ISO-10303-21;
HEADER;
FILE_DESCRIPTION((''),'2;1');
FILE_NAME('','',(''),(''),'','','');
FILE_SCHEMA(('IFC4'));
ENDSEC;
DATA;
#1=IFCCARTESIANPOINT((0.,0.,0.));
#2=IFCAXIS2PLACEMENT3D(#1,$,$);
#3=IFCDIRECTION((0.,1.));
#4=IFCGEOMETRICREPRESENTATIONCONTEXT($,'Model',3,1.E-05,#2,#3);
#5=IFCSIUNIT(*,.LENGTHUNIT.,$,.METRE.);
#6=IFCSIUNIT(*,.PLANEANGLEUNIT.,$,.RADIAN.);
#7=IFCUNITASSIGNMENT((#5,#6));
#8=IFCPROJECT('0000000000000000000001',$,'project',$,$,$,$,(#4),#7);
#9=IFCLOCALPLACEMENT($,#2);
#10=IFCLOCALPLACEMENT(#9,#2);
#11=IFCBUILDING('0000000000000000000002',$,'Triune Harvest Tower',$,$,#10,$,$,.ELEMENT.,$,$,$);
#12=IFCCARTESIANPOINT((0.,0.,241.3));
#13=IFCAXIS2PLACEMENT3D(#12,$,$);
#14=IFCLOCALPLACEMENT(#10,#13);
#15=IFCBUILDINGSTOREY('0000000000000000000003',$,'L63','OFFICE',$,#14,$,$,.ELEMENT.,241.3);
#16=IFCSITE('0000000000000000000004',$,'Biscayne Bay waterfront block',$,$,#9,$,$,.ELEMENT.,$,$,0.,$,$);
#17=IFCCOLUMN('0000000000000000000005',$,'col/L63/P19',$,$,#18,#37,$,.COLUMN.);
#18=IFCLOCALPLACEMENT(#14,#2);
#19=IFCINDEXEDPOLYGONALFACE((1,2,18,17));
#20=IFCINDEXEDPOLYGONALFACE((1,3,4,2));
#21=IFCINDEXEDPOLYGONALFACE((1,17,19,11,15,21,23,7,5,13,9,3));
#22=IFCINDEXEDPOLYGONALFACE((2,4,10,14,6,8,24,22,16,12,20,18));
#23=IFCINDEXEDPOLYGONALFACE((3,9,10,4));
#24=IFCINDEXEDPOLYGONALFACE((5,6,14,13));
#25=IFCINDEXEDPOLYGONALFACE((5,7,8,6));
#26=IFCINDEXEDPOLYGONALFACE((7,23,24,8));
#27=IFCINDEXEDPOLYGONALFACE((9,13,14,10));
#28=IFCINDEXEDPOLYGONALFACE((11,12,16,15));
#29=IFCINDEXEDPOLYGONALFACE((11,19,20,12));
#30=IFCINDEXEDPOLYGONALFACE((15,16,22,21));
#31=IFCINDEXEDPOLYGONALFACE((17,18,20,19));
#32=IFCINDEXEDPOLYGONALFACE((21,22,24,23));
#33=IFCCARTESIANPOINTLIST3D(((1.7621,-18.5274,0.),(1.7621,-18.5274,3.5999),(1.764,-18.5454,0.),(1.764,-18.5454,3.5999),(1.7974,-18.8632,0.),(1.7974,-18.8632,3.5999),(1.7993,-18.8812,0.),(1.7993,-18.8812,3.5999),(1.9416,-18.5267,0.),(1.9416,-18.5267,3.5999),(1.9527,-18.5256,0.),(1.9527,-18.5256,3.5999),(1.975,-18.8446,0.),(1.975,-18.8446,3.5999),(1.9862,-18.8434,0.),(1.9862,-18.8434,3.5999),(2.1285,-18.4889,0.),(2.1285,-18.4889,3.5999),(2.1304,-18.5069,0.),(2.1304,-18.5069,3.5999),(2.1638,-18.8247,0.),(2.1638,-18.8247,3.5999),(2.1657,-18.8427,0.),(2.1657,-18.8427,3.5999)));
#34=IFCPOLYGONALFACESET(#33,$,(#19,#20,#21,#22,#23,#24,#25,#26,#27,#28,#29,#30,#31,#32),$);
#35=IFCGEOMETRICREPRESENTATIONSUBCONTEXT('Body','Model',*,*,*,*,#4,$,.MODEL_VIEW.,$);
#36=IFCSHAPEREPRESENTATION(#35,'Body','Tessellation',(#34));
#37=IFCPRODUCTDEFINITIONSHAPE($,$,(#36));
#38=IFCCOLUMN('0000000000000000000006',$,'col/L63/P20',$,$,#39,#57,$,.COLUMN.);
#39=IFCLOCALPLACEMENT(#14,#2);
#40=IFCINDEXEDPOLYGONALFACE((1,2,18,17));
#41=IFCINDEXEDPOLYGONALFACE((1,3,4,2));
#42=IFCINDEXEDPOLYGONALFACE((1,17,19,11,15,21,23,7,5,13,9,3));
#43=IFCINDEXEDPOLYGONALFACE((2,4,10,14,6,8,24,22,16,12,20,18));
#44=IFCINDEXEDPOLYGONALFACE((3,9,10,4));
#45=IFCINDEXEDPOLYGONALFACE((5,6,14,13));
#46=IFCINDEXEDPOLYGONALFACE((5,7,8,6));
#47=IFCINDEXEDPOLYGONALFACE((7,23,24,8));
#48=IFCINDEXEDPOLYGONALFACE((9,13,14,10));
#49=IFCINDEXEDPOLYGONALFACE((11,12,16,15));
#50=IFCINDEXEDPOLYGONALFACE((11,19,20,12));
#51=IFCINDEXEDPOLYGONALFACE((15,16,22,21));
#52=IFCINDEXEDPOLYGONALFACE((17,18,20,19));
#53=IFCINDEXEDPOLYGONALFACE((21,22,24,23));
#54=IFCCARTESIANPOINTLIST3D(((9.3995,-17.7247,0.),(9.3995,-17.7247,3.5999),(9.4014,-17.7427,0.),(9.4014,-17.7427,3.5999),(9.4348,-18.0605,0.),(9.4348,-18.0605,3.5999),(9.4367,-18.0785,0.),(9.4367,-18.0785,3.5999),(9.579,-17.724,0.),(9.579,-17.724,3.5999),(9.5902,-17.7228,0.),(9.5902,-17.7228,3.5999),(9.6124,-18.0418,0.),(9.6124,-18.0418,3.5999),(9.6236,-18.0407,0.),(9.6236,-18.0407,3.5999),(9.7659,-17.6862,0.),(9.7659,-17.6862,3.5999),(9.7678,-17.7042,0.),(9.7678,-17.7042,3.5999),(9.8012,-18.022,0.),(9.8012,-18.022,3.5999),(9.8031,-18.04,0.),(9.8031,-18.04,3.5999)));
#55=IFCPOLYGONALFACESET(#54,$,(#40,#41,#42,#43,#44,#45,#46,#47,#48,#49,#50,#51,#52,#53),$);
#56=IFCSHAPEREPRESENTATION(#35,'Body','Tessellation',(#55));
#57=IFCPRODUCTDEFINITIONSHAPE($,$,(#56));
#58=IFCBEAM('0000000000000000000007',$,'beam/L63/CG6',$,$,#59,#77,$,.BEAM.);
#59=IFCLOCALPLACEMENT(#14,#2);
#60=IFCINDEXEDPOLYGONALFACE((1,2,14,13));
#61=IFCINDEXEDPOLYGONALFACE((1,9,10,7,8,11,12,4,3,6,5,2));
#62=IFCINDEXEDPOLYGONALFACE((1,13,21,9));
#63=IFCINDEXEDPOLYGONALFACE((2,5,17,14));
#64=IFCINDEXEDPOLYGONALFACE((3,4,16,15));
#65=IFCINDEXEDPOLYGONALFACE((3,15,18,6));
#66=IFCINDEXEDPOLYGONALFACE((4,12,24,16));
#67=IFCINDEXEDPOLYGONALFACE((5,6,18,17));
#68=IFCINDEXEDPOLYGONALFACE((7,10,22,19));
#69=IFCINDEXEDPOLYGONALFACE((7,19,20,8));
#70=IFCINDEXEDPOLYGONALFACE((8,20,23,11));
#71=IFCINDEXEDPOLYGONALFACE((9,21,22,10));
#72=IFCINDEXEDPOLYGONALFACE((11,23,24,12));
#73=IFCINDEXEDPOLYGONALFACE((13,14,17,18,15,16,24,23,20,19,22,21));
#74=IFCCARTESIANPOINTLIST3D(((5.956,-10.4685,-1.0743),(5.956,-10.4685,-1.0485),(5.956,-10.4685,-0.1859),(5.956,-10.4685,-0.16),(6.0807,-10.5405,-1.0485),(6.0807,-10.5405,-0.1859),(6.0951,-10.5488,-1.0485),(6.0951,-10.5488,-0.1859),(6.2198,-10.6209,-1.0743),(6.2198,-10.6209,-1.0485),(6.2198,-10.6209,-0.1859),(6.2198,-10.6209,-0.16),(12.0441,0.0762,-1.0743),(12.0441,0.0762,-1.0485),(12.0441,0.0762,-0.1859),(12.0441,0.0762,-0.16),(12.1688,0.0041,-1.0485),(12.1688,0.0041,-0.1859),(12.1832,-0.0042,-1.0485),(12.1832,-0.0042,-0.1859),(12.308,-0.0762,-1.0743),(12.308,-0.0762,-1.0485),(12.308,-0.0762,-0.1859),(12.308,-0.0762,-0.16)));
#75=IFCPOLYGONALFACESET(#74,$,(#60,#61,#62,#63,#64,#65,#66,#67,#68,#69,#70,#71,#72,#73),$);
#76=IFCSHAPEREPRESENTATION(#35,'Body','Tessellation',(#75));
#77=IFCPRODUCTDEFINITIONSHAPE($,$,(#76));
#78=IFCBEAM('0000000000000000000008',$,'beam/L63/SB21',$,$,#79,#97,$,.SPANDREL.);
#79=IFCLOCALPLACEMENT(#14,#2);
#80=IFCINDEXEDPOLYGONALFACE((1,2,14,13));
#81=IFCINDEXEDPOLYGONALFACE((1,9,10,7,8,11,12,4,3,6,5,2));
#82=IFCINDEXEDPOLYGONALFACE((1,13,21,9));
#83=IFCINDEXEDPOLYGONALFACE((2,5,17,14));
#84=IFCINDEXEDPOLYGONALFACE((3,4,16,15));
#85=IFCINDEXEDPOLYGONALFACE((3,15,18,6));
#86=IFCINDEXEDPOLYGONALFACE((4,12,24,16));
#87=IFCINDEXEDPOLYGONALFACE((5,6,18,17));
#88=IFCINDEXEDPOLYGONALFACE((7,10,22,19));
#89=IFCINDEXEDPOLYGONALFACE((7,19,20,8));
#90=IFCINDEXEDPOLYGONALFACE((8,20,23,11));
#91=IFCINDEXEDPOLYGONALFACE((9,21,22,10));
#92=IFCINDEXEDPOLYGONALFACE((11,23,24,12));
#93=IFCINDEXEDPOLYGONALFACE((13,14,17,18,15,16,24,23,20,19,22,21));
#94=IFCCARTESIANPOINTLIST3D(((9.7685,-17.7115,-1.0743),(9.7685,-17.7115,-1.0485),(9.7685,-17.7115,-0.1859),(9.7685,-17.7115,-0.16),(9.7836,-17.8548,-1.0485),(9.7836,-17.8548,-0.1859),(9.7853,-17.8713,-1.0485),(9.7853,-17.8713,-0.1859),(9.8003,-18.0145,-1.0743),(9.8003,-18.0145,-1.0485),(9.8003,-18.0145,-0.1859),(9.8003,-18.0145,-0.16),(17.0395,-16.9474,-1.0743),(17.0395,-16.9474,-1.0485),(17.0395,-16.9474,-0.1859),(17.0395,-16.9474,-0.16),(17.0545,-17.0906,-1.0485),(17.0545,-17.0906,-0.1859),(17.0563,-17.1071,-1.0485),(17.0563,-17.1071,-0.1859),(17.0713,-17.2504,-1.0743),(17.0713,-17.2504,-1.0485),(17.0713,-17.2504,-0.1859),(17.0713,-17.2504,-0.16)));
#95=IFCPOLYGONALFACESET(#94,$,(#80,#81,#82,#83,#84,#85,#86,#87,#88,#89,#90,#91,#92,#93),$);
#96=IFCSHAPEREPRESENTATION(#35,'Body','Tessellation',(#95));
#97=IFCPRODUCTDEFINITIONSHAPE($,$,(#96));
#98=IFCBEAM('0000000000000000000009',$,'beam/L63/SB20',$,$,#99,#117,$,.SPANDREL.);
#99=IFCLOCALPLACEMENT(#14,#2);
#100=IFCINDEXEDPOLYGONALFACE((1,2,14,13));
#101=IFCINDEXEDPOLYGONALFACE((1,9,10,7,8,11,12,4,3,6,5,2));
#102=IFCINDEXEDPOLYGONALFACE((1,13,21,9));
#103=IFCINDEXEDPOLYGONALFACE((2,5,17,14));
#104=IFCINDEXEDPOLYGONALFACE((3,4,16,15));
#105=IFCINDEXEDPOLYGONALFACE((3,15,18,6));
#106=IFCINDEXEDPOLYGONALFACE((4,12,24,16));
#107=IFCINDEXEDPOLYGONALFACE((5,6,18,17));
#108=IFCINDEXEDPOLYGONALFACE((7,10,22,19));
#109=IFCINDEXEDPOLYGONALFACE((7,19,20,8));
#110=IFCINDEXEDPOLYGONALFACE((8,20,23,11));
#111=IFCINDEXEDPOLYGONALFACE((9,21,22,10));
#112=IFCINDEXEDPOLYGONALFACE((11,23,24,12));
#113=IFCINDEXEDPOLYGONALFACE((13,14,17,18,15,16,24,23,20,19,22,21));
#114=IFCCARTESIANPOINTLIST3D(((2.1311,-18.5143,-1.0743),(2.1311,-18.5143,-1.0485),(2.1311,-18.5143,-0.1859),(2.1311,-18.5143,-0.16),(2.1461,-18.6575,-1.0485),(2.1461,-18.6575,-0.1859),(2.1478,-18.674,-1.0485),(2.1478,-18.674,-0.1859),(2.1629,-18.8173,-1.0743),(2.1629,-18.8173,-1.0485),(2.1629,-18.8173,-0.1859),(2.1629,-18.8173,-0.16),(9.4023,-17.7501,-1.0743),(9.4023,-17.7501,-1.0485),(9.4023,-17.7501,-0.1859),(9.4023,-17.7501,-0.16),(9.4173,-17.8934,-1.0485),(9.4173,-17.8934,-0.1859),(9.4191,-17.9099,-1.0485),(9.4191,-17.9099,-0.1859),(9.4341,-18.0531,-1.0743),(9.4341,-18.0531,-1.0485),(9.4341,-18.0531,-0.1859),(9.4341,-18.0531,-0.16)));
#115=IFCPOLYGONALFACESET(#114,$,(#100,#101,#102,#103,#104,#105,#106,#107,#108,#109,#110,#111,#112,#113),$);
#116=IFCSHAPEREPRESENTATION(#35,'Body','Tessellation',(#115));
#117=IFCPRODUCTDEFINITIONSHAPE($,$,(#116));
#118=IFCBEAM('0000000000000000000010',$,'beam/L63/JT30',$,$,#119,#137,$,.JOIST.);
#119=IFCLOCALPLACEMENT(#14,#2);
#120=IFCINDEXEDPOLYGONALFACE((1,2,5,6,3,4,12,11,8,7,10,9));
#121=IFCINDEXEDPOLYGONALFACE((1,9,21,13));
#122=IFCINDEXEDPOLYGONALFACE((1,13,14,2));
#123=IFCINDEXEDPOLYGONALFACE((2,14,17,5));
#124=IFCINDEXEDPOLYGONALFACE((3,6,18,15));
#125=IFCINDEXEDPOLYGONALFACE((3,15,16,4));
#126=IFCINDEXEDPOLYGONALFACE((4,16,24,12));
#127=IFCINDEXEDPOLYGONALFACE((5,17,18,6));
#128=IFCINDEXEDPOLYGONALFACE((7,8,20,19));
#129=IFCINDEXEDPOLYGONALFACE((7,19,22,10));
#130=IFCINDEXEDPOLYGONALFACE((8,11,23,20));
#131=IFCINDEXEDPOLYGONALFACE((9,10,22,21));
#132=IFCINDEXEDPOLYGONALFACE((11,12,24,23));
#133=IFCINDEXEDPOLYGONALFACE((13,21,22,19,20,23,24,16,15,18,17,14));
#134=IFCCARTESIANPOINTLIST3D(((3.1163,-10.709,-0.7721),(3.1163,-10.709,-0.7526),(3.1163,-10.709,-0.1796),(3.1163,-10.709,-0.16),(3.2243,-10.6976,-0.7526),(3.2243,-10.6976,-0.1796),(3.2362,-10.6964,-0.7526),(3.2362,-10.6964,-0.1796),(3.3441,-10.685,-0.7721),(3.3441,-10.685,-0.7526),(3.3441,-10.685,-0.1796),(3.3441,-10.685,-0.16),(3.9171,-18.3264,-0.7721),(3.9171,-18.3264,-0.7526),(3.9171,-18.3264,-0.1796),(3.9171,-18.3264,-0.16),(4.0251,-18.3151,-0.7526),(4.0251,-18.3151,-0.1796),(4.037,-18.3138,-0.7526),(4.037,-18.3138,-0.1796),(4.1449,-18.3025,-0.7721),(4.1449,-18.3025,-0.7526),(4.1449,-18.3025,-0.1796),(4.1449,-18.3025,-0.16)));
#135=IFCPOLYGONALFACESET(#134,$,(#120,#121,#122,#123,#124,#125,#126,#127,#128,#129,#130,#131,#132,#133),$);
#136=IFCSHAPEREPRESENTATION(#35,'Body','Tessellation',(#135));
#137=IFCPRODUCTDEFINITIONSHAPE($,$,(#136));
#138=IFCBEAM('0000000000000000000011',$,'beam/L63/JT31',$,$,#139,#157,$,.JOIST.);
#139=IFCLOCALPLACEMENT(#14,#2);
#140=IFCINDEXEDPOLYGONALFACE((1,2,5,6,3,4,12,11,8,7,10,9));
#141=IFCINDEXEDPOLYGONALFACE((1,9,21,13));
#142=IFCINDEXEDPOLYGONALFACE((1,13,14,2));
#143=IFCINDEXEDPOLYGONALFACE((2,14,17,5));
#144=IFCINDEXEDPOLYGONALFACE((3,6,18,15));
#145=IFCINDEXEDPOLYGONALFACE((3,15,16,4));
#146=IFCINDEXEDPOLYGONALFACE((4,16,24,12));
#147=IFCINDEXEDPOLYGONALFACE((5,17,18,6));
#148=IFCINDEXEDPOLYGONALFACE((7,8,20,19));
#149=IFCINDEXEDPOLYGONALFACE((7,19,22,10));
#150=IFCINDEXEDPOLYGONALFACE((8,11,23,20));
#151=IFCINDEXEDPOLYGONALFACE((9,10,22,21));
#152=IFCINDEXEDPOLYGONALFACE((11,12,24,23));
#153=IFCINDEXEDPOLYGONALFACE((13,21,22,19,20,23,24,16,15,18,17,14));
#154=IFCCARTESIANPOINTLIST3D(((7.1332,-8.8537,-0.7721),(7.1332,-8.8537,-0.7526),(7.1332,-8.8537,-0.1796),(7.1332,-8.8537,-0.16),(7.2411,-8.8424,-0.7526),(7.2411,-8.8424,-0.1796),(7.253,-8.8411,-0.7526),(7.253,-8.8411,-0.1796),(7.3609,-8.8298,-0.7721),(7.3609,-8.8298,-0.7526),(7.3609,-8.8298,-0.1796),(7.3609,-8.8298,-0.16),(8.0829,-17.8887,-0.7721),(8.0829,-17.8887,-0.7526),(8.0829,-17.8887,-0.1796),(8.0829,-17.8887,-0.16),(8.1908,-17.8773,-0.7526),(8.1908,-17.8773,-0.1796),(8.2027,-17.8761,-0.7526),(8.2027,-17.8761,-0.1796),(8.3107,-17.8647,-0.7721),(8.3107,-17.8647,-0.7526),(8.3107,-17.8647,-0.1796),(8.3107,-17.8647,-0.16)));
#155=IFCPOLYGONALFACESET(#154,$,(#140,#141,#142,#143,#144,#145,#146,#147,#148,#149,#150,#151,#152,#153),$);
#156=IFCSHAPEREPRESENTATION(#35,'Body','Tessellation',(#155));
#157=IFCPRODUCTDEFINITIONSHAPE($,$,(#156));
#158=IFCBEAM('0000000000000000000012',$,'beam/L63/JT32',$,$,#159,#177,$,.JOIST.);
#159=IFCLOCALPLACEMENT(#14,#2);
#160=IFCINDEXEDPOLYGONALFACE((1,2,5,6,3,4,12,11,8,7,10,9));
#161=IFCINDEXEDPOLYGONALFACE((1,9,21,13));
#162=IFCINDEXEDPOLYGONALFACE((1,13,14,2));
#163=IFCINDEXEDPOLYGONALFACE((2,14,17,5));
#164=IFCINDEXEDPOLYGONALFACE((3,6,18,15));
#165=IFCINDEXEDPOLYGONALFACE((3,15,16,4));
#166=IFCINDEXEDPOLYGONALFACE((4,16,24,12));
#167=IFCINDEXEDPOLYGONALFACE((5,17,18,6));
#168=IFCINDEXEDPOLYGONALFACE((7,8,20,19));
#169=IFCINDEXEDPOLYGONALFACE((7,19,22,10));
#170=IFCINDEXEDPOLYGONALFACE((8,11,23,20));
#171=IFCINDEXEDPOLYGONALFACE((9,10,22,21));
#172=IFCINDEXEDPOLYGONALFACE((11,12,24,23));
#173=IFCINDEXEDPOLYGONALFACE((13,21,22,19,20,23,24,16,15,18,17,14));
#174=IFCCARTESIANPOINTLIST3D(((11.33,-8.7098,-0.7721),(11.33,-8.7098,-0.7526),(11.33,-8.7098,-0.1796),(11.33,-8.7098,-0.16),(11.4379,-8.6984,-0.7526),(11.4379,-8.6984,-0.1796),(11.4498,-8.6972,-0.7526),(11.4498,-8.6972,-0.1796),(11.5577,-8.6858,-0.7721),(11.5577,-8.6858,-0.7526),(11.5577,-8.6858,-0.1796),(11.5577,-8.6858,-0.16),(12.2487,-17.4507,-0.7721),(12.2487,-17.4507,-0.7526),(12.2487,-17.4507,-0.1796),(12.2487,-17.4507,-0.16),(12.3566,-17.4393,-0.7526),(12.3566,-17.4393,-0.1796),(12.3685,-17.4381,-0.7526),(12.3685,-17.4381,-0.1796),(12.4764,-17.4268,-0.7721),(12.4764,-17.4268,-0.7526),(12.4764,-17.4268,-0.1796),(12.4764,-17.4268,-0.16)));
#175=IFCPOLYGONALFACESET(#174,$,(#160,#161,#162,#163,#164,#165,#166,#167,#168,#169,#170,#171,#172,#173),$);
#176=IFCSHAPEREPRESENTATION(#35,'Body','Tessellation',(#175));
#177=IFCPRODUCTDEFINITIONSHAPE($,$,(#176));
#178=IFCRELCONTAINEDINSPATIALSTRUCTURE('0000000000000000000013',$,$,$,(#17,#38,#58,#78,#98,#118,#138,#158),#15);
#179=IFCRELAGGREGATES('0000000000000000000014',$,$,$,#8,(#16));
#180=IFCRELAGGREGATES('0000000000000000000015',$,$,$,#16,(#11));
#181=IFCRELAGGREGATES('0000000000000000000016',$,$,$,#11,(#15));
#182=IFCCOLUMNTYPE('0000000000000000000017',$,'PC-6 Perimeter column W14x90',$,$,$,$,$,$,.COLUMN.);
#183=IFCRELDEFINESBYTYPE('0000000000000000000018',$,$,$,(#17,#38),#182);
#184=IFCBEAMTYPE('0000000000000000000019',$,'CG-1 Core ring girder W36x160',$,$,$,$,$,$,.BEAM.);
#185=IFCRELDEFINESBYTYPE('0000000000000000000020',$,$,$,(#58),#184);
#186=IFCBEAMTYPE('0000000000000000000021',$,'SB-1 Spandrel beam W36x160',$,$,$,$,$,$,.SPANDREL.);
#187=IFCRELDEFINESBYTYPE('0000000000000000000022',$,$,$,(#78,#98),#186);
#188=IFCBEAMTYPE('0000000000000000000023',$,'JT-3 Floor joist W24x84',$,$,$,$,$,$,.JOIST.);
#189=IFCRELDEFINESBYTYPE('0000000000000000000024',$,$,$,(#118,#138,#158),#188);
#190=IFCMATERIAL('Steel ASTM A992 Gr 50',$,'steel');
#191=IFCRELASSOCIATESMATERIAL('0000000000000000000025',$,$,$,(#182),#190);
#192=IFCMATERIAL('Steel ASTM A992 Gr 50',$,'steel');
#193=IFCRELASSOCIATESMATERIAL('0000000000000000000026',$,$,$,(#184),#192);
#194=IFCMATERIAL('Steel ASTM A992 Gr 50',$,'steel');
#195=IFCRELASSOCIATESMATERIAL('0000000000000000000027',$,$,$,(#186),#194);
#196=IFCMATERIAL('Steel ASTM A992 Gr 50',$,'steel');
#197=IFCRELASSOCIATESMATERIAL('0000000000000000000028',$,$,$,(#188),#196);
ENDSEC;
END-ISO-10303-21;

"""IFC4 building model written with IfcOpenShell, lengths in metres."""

from ifc_helpers import new_model, si_unit, direction, frame, origin, origin_2d, place, context, subcontext, project, spatial, i_section, extrude, source, transform, mapped, material, material_profile, profile_set, type_object, element, save


model = new_model("IFC4")

# Units and contexts
model_context = context("Model", 3, precision=1e-05, world=origin(), true_north=direction((0.0, 1.0)))
body_context = subcontext(model_context, "Body", "Model", "MODEL_VIEW")
ifc_project = project(units=[si_unit("LENGTHUNIT", "METRE"), si_unit("PLANEANGLEUNIT", "RADIAN")], contexts=[model_context])

# Site, building, storey
site_placement = place(None, origin())
site = spatial("IfcSite", under=ifc_project, at=site_placement, Name="Biscayne Bay waterfront block", CompositionType="ELEMENT", RefElevation=0.0)
building_placement = place(site_placement, origin())
building = spatial("IfcBuilding", under=site, at=building_placement, Name="Triune Harvest Tower", CompositionType="ELEMENT")
storey_placement = place(building_placement, frame((0.0, 0.0, 241.3)))
storey = spatial("IfcBuildingStorey", under=building, at=storey_placement, Name="L63", Description="OFFICE", CompositionType="ELEMENT", Elevation=241.3)

# Columns
ifc_material_1 = material(Name="Steel ASTM A992 Gr 50", Category="steel")
ifc_material_profile_1 = material_profile(ifc_material_1, i_section(OverallWidth=0.3684, OverallDepth=0.3557, WebThickness=0.0112, FlangeThickness=0.0181, at=origin_2d()), Name="W14x90")
ifc_profile_set_1 = profile_set([ifc_material_profile_1], Name="Steel ASTM A992 Gr 50")
column_type = type_object("IfcColumnType", Name="PC-6 Perimeter column W14x90", PredefinedType="COLUMN", material=ifc_profile_set_1)
shared_shape_1 = source(origin(), body_context, "Body", "SweptSolid", [
    extrude(i_section(OverallWidth=0.3684, OverallDepth=0.3557, WebThickness=0.0112, FlangeThickness=0.0181, at=origin_2d()), origin(), (0.0, 0.0, 1.0), 3.5999),
])
for number, where, z_axis, x_axis, name in (
    (1, (1.9639, -18.6851, 0.0), (0.0, 0.0, 1.0), (0.994522, 0.10453, 0.0), "col/L63/P19"),
    (2, (9.6013, -17.8823, 0.0), (0.0, 0.0, 1.0), (0.994522, 0.10453, 0.0), "col/L63/P20"),
):
    element("IfcColumn", number, at=place(storey_placement, frame(where, z_axis=z_axis, x_axis=x_axis)), inside=storey, type_object=column_type, Name=name, PredefinedType="COLUMN", context=body_context, shape_type="MappedRepresentation", body=[
        mapped(shared_shape_1, transform((0.0, 0.0, 0.0), scale=1.0)),
    ])

# Beams
ifc_material_2 = material(Name="Steel ASTM A992 Gr 50", Category="steel")
ifc_material_profile_2 = material_profile(ifc_material_2, i_section(OverallWidth=0.3047, OverallDepth=0.9143, WebThickness=0.0166, FlangeThickness=0.0259, at=origin_2d()), Name="W36x160")
ifc_profile_set_2 = profile_set([ifc_material_profile_2], Name="Steel ASTM A992 Gr 50")
beam_type_1 = type_object("IfcBeamType", Name="CG-1 Core ring girder W36x160", PredefinedType="BEAM", material=ifc_profile_set_2)
shared_shape_2 = source(origin(), body_context, "Body", "SweptSolid", [
    extrude(i_section(OverallWidth=0.3047, OverallDepth=0.9143, WebThickness=0.0166, FlangeThickness=0.0259, at=origin_2d()), origin(), (0.0, 0.0, 1.0), 12.176),
])
beam_1_placement = place(storey_placement, frame((6.0879, -10.5447, -0.6172), z_axis=(0.50001, 0.86602, 0.0), x_axis=(-0.86602, 0.50001, 0.0)))
element("IfcBeam", 3, at=beam_1_placement, inside=storey, type_object=beam_type_1, Name="beam/L63/CG6", PredefinedType="BEAM", context=body_context, shape_type="MappedRepresentation", body=[
    mapped(shared_shape_2, transform((0.0, 0.0, 0.0), scale=1.0)),
])
ifc_material_3 = material(Name="Steel ASTM A992 Gr 50", Category="steel")
ifc_material_profile_3 = material_profile(ifc_material_3, i_section(OverallWidth=0.3047, OverallDepth=0.9143, WebThickness=0.0166, FlangeThickness=0.0259, at=origin_2d()), Name="W36x160")
ifc_profile_set_3 = profile_set([ifc_material_profile_3], Name="Steel ASTM A992 Gr 50")
beam_type_2 = type_object("IfcBeamType", Name="SB-1 Spandrel beam W36x160", PredefinedType="SPANDREL", material=ifc_profile_set_3)
shared_shape_3 = source(origin(), body_context, "Body", "SweptSolid", [
    extrude(i_section(OverallWidth=0.3047, OverallDepth=0.9143, WebThickness=0.0166, FlangeThickness=0.0259, at=origin_2d()), origin(), (0.0, 0.0, 1.0), 7.311),
])
beam_2_placement = place(storey_placement, frame((9.7844, -17.863, -0.6172), z_axis=(0.994523, 0.104521, 0.0), x_axis=(-0.104521, 0.994523, 0.0)))
element("IfcBeam", 4, at=beam_2_placement, inside=storey, type_object=beam_type_2, Name="beam/L63/SB21", PredefinedType="SPANDREL", context=body_context, shape_type="MappedRepresentation", body=[
    mapped(shared_shape_3, transform((0.0, 0.0, 0.0), scale=1.0)),
])
shared_shape_4 = source(origin(), body_context, "Body", "SweptSolid", [
    extrude(i_section(OverallWidth=0.3047, OverallDepth=0.9143, WebThickness=0.0166, FlangeThickness=0.0259, at=origin_2d()), origin(), (0.0, 0.0, 1.0), 7.3113),
])
beam_3_placement = place(storey_placement, frame((2.147, -18.6658, -0.6172), z_axis=(0.994523, 0.104518, 0.0), x_axis=(-0.104518, 0.994523, 0.0)))
element("IfcBeam", 5, at=beam_3_placement, inside=storey, type_object=beam_type_2, Name="beam/L63/SB20", PredefinedType="SPANDREL", context=body_context, shape_type="MappedRepresentation", body=[
    mapped(shared_shape_4, transform((0.0, 0.0, 0.0), scale=1.0)),
])
ifc_material_4 = material(Name="Steel ASTM A992 Gr 50", Category="steel")
ifc_material_profile_4 = material_profile(ifc_material_4, i_section(OverallWidth=0.229, OverallDepth=0.6121, WebThickness=0.012, FlangeThickness=0.0195, at=origin_2d()), Name="W24x84")
ifc_profile_set_4 = profile_set([ifc_material_profile_4], Name="Steel ASTM A992 Gr 50")
beam_type_3 = type_object("IfcBeamType", Name="JT-3 Floor joist W24x84", PredefinedType="JOIST", material=ifc_profile_set_4)
shared_shape_5 = source(origin(), body_context, "Body", "SweptSolid", [
    extrude(i_section(OverallWidth=0.229, OverallDepth=0.6121, WebThickness=0.012, FlangeThickness=0.0195, at=origin_2d()), origin(), (0.0, 0.0, 1.0), 7.6594),
])
beam_4_placement = place(storey_placement, frame((4.031, -18.3145, -0.4661), z_axis=(-0.104549, 0.99452, 0.0), x_axis=(-0.99452, -0.104549, 0.0)))
element("IfcBeam", 6, at=beam_4_placement, inside=storey, type_object=beam_type_3, Name="beam/L63/JT30", PredefinedType="JOIST", context=body_context, shape_type="MappedRepresentation", body=[
    mapped(shared_shape_5, transform((0.0, 0.0, 0.0), scale=1.0)),
])
shared_shape_6 = source(origin(), body_context, "Body", "SweptSolid", [
    extrude(i_section(OverallWidth=0.229, OverallDepth=0.6121, WebThickness=0.012, FlangeThickness=0.0195, at=origin_2d()), origin(), (0.0, 0.0, 1.0), 9.0847),
])
beam_5_placement = place(storey_placement, frame((8.1968, -17.8767, -0.4661), z_axis=(-0.104539, 0.994521, 0.0), x_axis=(-0.994521, -0.104539, 0.0)))
element("IfcBeam", 7, at=beam_5_placement, inside=storey, type_object=beam_type_3, Name="beam/L63/JT31", PredefinedType="JOIST", context=body_context, shape_type="MappedRepresentation", body=[
    mapped(shared_shape_6, transform((0.0, 0.0, 0.0), scale=1.0)),
])
shared_shape_7 = source(origin(), body_context, "Body", "SweptSolid", [
    extrude(i_section(OverallWidth=0.229, OverallDepth=0.6121, WebThickness=0.012, FlangeThickness=0.0195, at=origin_2d()), origin(), (0.0, 0.0, 1.0), 8.7891),
])
beam_6_placement = place(storey_placement, frame((12.3625, -17.4387, -0.4661), z_axis=(-0.104527, 0.994522, 0.0), x_axis=(-0.994522, -0.104527, 0.0)))
element("IfcBeam", 8, at=beam_6_placement, inside=storey, type_object=beam_type_3, Name="beam/L63/JT32", PredefinedType="JOIST", context=body_context, shape_type="MappedRepresentation", body=[
    mapped(shared_shape_7, transform((0.0, 0.0, 0.0), scale=1.0)),
])

save(model, "model.ifc")
